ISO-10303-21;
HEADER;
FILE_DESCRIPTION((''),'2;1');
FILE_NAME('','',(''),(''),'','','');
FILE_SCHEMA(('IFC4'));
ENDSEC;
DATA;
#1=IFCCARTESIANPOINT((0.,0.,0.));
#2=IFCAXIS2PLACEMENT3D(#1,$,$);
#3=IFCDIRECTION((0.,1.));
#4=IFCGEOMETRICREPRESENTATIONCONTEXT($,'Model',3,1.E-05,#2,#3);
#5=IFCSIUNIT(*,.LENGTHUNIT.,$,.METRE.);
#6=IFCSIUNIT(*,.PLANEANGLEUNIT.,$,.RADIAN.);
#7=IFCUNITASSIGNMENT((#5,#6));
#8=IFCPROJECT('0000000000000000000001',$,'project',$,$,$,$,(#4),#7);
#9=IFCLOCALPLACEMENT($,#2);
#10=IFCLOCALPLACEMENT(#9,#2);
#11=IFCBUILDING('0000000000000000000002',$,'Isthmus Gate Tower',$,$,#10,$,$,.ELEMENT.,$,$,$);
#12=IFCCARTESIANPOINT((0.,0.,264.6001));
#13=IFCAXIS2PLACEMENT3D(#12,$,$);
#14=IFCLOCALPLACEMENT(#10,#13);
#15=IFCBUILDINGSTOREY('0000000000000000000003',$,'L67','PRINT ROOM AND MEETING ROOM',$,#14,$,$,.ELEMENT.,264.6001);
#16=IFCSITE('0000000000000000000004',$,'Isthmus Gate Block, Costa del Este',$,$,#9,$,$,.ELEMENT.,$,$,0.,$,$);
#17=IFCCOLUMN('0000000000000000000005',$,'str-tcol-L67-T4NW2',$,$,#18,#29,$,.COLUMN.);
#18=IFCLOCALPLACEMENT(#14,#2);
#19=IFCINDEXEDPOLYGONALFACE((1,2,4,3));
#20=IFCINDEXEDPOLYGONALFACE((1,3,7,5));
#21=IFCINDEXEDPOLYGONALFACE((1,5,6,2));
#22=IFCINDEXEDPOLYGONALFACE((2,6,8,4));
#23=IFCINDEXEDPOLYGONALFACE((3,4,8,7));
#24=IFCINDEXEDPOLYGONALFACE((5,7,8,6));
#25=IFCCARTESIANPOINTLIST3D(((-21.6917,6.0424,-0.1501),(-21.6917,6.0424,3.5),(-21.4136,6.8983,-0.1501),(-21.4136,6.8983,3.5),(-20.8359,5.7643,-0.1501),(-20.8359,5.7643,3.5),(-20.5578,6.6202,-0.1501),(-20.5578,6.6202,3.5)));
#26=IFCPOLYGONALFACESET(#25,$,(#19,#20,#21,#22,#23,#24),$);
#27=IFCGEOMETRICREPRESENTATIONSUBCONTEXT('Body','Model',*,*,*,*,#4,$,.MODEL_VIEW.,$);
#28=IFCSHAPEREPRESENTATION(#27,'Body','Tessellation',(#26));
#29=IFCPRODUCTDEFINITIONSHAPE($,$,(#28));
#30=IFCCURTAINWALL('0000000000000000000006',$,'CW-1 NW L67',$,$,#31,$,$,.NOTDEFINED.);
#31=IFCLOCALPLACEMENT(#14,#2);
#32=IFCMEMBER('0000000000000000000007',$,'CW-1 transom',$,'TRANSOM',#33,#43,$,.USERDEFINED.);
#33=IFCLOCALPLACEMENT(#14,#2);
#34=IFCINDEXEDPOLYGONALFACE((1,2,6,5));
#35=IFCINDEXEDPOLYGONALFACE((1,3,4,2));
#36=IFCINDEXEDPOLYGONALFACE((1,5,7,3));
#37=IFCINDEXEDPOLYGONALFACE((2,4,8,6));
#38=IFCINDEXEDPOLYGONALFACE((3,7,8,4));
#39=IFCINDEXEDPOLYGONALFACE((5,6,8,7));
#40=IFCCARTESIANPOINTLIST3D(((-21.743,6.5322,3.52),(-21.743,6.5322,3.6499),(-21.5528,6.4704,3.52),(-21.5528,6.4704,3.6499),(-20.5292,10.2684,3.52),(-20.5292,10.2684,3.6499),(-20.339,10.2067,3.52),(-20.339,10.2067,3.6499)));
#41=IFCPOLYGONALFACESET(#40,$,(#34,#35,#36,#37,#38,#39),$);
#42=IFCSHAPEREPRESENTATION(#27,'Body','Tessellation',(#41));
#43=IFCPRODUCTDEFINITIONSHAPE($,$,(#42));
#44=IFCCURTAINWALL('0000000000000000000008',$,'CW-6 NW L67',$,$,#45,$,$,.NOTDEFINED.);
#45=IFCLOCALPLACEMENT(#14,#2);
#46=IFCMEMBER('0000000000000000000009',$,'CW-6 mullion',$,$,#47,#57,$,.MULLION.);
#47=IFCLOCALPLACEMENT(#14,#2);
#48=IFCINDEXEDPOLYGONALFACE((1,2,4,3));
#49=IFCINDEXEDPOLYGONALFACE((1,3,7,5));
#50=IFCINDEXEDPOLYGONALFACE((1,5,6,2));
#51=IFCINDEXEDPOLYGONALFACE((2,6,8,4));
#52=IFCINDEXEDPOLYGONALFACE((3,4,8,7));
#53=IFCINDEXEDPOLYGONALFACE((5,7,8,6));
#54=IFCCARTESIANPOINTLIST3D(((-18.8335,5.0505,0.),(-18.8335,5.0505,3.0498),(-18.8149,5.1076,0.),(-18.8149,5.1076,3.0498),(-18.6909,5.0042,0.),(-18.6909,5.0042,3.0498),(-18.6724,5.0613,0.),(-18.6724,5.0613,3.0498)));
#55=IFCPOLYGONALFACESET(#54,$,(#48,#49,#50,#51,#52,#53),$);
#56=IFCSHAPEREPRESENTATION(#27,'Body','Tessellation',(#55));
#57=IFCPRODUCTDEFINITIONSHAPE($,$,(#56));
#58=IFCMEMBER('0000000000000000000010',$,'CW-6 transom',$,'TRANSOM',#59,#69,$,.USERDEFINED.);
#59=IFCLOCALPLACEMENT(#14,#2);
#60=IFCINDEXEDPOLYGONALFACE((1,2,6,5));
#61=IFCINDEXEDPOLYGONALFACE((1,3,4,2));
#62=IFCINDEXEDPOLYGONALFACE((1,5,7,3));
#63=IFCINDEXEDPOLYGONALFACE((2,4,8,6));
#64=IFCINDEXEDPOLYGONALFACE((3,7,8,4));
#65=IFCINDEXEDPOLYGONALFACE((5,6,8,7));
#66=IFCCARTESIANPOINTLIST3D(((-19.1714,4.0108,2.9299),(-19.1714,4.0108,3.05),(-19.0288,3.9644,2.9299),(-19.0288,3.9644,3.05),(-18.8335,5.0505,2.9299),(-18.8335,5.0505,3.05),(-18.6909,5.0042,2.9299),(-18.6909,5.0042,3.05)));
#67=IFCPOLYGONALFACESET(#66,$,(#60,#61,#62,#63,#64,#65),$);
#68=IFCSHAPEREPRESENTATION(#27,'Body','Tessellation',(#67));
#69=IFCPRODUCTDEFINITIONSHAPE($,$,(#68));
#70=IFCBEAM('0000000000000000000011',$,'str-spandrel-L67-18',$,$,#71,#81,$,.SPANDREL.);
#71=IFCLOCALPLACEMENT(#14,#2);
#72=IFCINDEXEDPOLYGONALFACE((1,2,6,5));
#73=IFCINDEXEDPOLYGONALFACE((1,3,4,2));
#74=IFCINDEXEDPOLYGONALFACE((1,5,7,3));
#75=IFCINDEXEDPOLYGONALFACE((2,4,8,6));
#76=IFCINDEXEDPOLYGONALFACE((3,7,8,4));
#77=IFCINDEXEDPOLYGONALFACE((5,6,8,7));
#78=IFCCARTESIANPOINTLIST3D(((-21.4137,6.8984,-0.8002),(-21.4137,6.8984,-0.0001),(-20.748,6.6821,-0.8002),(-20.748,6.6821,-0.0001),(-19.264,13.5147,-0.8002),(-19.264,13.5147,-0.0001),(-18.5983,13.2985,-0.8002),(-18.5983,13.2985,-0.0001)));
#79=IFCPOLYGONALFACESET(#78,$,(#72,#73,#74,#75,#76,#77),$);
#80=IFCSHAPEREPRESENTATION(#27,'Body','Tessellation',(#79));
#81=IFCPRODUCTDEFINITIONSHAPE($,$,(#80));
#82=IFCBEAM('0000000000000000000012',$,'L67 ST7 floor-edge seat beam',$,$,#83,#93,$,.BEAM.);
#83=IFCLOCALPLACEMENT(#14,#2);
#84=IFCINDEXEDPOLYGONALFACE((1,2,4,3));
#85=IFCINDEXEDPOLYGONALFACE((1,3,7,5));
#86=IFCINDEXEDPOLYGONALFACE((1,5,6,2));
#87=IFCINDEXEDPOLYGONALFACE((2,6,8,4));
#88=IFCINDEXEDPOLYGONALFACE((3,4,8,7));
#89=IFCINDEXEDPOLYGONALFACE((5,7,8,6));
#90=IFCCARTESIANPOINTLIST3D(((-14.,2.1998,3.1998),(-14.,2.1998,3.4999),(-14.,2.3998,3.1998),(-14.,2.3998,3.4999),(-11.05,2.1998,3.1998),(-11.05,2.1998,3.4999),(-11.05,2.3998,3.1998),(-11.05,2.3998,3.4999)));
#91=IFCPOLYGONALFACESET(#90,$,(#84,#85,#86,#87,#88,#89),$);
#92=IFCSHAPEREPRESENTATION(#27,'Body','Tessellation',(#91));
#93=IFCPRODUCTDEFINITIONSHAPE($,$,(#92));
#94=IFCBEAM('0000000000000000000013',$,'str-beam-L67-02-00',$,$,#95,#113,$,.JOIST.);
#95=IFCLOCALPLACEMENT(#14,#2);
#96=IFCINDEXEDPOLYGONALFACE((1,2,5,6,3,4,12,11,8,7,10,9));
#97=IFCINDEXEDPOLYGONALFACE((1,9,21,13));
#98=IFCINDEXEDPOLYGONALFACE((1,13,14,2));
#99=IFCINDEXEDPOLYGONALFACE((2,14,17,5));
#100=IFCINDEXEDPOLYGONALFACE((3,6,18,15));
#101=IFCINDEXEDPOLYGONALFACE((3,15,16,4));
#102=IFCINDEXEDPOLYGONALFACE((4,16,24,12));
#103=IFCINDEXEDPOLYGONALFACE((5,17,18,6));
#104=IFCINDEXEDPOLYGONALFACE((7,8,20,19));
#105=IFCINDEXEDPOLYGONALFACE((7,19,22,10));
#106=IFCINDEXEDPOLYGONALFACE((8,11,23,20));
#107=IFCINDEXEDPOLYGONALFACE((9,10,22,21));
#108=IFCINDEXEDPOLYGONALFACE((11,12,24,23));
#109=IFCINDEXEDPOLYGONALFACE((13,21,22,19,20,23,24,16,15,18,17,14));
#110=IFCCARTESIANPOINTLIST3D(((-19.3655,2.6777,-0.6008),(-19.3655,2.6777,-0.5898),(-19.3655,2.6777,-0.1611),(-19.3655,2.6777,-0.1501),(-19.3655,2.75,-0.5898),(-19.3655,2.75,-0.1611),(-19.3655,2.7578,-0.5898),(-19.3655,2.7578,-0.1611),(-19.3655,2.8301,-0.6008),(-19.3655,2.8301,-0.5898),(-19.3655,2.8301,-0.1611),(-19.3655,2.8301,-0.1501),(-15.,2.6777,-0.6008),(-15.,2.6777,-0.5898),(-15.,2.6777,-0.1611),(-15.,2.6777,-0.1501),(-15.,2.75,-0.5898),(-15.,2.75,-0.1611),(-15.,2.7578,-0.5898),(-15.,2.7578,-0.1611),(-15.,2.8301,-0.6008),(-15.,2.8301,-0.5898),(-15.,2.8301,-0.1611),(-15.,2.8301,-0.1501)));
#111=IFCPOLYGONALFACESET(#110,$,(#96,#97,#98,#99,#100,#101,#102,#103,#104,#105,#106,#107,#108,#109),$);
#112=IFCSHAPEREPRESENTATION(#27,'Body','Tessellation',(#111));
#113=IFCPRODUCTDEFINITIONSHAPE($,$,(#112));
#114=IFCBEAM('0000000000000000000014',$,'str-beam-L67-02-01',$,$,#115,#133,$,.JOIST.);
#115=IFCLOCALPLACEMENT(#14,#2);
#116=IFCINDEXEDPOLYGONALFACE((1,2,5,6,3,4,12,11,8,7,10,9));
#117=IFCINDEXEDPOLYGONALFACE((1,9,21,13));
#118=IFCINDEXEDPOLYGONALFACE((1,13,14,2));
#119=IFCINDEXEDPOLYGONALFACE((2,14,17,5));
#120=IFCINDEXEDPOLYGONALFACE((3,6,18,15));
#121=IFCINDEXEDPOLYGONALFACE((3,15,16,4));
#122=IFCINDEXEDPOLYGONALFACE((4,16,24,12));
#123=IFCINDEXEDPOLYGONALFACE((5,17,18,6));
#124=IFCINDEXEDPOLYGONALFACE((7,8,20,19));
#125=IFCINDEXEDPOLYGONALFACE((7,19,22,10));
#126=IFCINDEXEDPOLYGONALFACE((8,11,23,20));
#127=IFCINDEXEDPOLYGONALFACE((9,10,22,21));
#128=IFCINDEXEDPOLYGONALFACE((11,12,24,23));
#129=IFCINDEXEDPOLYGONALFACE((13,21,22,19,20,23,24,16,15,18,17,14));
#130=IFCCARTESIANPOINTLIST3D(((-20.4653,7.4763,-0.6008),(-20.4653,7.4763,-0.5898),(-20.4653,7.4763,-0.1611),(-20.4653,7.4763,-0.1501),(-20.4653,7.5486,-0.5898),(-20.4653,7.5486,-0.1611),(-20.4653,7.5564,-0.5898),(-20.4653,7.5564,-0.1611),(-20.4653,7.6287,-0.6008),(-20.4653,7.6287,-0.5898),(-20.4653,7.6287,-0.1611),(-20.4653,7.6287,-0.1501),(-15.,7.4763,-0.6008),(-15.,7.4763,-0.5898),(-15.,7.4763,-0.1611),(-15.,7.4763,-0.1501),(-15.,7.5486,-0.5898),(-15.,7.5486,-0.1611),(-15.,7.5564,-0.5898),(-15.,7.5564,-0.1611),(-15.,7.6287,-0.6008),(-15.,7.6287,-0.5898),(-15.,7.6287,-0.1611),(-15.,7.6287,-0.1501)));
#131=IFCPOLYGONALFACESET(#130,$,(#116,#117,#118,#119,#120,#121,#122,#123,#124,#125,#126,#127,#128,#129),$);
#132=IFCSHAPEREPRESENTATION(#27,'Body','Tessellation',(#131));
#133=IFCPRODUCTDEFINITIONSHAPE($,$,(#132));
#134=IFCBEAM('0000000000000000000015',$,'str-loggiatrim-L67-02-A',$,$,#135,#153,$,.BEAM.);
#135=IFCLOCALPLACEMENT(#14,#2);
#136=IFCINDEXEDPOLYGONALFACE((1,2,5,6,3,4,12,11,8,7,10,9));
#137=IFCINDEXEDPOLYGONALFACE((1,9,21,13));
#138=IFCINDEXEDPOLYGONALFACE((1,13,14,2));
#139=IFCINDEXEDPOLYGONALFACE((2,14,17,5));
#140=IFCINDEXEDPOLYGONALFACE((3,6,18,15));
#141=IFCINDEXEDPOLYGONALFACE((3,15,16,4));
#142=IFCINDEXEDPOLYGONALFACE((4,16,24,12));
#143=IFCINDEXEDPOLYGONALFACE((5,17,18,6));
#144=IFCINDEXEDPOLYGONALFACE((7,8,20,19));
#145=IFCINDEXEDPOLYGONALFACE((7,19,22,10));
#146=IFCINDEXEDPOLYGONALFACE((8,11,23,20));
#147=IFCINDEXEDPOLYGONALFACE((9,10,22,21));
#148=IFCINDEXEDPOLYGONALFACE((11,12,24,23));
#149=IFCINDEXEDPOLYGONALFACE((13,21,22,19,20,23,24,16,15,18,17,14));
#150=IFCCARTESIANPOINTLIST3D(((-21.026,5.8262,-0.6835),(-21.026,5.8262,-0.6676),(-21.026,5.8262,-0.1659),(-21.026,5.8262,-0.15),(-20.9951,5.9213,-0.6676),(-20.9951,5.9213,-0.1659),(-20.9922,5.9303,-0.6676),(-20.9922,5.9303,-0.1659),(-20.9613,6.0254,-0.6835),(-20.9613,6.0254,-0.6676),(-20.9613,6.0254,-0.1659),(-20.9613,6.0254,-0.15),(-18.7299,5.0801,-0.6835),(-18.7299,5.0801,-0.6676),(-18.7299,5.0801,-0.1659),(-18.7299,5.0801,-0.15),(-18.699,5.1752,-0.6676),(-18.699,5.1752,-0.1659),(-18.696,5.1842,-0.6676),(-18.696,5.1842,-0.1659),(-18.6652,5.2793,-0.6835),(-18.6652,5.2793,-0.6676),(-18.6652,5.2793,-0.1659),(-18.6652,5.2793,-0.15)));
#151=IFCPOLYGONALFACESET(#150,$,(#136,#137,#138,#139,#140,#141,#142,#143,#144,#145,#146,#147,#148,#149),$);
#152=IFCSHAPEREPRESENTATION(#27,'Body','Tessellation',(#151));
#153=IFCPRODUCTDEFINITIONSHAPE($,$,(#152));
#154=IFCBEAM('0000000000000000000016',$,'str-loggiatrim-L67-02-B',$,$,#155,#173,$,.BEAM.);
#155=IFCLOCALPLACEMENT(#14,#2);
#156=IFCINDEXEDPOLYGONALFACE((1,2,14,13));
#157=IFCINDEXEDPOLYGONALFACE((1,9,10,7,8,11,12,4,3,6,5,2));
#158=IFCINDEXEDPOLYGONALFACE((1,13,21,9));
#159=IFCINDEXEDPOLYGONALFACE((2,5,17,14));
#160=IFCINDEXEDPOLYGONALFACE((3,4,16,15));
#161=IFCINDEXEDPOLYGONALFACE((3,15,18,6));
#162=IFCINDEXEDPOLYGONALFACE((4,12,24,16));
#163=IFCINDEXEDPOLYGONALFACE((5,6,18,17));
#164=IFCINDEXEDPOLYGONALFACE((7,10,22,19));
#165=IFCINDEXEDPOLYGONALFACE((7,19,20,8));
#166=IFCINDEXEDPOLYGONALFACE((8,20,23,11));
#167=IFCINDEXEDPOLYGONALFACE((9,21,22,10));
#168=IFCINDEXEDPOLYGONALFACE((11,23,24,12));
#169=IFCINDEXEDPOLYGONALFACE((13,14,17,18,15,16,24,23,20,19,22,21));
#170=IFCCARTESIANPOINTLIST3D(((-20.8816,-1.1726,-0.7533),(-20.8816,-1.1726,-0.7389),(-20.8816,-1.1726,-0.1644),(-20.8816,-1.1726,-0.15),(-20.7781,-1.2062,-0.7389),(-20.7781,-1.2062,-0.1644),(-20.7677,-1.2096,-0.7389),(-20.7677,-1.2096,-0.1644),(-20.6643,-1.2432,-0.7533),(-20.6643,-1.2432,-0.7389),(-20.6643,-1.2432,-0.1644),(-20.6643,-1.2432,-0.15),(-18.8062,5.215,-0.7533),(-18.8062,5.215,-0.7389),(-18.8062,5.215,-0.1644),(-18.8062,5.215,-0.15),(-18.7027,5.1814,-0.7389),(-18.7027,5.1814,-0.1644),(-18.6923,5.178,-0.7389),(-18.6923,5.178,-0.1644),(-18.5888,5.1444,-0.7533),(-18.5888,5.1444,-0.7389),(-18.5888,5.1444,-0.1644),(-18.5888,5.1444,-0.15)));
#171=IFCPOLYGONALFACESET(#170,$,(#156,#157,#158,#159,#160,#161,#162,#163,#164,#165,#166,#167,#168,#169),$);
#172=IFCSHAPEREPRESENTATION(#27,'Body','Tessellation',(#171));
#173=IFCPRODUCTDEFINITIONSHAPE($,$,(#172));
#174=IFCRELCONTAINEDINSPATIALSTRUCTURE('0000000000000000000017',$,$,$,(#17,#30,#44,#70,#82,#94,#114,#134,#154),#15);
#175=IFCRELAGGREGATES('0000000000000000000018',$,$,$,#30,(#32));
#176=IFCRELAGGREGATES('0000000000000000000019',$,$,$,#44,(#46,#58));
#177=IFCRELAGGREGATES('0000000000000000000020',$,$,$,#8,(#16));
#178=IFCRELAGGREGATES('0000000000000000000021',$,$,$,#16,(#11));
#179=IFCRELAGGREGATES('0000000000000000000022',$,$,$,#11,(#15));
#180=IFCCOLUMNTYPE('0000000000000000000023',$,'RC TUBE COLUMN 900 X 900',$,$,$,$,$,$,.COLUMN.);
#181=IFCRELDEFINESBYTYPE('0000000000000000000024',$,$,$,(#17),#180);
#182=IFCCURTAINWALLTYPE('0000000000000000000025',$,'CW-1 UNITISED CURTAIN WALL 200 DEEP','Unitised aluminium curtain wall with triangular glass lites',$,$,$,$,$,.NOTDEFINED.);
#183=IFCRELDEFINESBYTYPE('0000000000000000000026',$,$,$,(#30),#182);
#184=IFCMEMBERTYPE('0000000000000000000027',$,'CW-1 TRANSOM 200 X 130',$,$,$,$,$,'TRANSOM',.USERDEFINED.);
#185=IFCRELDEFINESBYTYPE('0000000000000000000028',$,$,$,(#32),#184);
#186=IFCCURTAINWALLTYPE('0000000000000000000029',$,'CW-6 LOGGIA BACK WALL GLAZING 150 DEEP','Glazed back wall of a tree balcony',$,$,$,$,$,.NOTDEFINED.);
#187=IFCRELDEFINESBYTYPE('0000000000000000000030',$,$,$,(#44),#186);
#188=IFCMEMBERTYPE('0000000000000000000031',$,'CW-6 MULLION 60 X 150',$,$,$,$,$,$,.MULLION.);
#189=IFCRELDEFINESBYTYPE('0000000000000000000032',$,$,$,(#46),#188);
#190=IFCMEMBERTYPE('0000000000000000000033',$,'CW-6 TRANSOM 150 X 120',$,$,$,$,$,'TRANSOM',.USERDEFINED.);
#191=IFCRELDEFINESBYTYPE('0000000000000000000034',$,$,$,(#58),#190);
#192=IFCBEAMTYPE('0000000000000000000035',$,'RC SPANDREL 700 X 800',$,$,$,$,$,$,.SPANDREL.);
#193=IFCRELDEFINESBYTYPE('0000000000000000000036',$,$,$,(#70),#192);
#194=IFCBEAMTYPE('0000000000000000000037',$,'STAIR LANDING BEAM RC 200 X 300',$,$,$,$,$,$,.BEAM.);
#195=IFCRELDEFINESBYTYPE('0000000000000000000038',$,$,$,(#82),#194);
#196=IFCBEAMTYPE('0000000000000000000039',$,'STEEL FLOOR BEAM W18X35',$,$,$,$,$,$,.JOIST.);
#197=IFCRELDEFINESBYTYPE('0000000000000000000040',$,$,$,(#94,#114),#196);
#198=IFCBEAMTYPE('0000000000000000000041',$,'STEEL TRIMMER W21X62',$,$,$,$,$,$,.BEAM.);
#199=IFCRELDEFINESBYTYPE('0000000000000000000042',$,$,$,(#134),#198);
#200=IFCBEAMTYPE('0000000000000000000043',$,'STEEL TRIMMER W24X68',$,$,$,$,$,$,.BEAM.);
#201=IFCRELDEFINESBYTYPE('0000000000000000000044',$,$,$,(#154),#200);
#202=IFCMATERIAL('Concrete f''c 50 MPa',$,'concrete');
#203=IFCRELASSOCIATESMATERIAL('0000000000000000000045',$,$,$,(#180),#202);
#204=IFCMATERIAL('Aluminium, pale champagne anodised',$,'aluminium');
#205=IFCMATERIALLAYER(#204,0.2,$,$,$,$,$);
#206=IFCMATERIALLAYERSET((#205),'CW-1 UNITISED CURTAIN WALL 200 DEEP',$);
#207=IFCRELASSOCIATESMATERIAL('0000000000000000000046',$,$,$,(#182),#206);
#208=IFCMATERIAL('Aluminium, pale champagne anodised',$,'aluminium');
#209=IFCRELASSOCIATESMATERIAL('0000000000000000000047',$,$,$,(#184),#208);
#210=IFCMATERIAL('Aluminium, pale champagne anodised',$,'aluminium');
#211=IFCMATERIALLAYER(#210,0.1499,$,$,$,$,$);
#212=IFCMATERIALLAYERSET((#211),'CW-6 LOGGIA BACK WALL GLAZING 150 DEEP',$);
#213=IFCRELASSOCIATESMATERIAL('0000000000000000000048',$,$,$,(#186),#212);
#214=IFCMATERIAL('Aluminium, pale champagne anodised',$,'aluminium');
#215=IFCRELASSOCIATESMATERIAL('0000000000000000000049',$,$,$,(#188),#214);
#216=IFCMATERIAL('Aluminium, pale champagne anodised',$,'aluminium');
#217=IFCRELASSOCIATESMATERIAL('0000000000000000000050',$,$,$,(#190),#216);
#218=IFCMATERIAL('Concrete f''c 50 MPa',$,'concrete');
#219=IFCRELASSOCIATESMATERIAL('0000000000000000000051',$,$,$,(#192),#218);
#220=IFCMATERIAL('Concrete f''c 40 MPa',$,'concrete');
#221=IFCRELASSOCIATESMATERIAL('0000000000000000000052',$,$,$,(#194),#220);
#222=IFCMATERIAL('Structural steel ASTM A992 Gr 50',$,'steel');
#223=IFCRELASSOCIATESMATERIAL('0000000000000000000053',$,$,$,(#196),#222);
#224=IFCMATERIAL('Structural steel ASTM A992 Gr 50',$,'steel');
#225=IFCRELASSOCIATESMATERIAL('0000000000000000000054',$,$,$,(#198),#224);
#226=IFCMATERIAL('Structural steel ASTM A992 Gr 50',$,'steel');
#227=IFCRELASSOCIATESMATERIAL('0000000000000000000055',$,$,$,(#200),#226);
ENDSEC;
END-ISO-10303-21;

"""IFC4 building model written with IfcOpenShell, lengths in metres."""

from ifc_helpers import new_model, si_unit, direction, frame, origin, origin_2d, place, context, subcontext, project, spatial, rectangle, i_section, extrude, material, layer, layer_set, material_profile, profile_set, type_object, element, aggregate, save


model = new_model("IFC4")

# Units and contexts
model_context = context("Model", 3, precision=1e-05, world=origin(), true_north=direction((0.0, 1.0)))
body_context = subcontext(model_context, "Body", "Model", "MODEL_VIEW")
ifc_project = project(units=[si_unit("LENGTHUNIT", "METRE"), si_unit("PLANEANGLEUNIT", "RADIAN")], contexts=[model_context])

# Site, building, storey
site_placement = place(None, origin())
site = spatial("IfcSite", under=ifc_project, at=site_placement, Name="Isthmus Gate Block, Costa del Este", CompositionType="ELEMENT", RefElevation=0.0)
building_placement = place(site_placement, origin())
building = spatial("IfcBuilding", under=site, at=building_placement, Name="Isthmus Gate Tower", CompositionType="ELEMENT")
storey_placement = place(building_placement, frame((0.0, 0.0, 264.6001)))
storey = spatial("IfcBuildingStorey", under=building, at=storey_placement, Name="L67", Description="PRINT ROOM AND MEETING ROOM", CompositionType="ELEMENT", Elevation=264.6001)

# Column
ifc_material_1 = material(Name="Concrete f'c 50 MPa", Category="concrete")
ifc_material_profile_1 = material_profile(ifc_material_1, rectangle(XDim=0.8999, YDim=0.8999, at=origin_2d()), Name="RC 900X900")
ifc_profile_set_1 = profile_set([ifc_material_profile_1], Name="Concrete f'c 50 MPa")
column_type = type_object("IfcColumnType", Name="RC TUBE COLUMN 900 X 900", PredefinedType="COLUMN", material=ifc_profile_set_1)
column_placement = place(storey_placement, frame((-21.1248, 6.3313, -0.1501), z_axis=(0.0, 0.0, 1.0), x_axis=(-0.309017, -0.951057, 0.0)))
element("IfcColumn", 1, at=column_placement, inside=storey, type_object=column_type, Name="str-tcol-L67-T4NW2", PredefinedType="COLUMN", context=body_context, shape_type="SweptSolid", body=[
    extrude(rectangle(XDim=0.8999, YDim=0.8999, at=origin_2d()), origin(), (0.0, 0.0, 1.0), 3.6501),
])

# Curtain wall, member
ifc_material_2 = material(Name="Aluminium, pale champagne anodised", Category="aluminium")
ifc_layer_1 = layer(ifc_material_2, 0.2)
ifc_layer_set_1 = layer_set([ifc_layer_1], Name="CW-1 UNITISED CURTAIN WALL 200 DEEP")
curtain_wall_type_1 = type_object("IfcCurtainWallType", Name="CW-1 UNITISED CURTAIN WALL 200 DEEP", Description="Unitised aluminium curtain wall with triangular glass lites", PredefinedType="NOTDEFINED", material=ifc_layer_set_1)
curtain_wall_1_placement = place(storey_placement, origin())
curtain_wall_1 = element("IfcCurtainWall", 2, at=curtain_wall_1_placement, inside=storey, type_object=curtain_wall_type_1, Name="CW-1 NW L67", PredefinedType="NOTDEFINED")
ifc_material_3 = material(Name="Aluminium, pale champagne anodised", Category="aluminium")
ifc_material_profile_2 = material_profile(ifc_material_3, rectangle(XDim=0.2, YDim=0.1299, at=origin_2d()), Name="200x130")
ifc_profile_set_2 = profile_set([ifc_material_profile_2], Name="Aluminium, pale champagne anodised")
member_type_1 = type_object("IfcMemberType", Name="CW-1 TRANSOM 200 X 130", ElementType="TRANSOM", PredefinedType="USERDEFINED", material=ifc_profile_set_2)
member_1_placement = place(storey_placement, frame((-20.4341, 10.2375, 3.585), z_axis=(-0.308985, -0.951067, 0.0), x_axis=(0.951067, -0.308985, 0.0)))
member_1 = element("IfcMember", 3, at=member_1_placement, type_object=member_type_1, Name="CW-1 transom", ObjectType="TRANSOM", PredefinedType="USERDEFINED", context=body_context, shape_type="SweptSolid", body=[
    extrude(rectangle(XDim=0.2, YDim=0.1299, at=origin_2d()), origin(), (0.0, 0.0, 1.0), 3.9285),
])

# Curtain wall, members
ifc_material_4 = material(Name="Aluminium, pale champagne anodised", Category="aluminium")
ifc_layer_2 = layer(ifc_material_4, 0.1499)
ifc_layer_set_2 = layer_set([ifc_layer_2], Name="CW-6 LOGGIA BACK WALL GLAZING 150 DEEP")
curtain_wall_type_2 = type_object("IfcCurtainWallType", Name="CW-6 LOGGIA BACK WALL GLAZING 150 DEEP", Description="Glazed back wall of a tree balcony", PredefinedType="NOTDEFINED", material=ifc_layer_set_2)
curtain_wall_2_placement = place(storey_placement, origin())
curtain_wall_2 = element("IfcCurtainWall", 4, at=curtain_wall_2_placement, inside=storey, type_object=curtain_wall_type_2, Name="CW-6 NW L67", PredefinedType="NOTDEFINED")
ifc_material_5 = material(Name="Aluminium, pale champagne anodised", Category="aluminium")
ifc_material_profile_3 = material_profile(ifc_material_5, rectangle(XDim=0.0601, YDim=0.1499, at=origin_2d()), Name="60x150")
ifc_profile_set_3 = profile_set([ifc_material_profile_3], Name="Aluminium, pale champagne anodised")
member_type_2 = type_object("IfcMemberType", Name="CW-6 MULLION 60 X 150", PredefinedType="MULLION", material=ifc_profile_set_3)
member_2_placement = place(storey_placement, frame((-18.7529, 5.0559, 0.0), z_axis=(0.0, 0.0, 1.0), x_axis=(-0.309017, -0.951057, 0.0)))
member_2 = element("IfcMember", 5, at=member_2_placement, type_object=member_type_2, Name="CW-6 mullion", PredefinedType="MULLION", context=body_context, shape_type="SweptSolid", body=[
    extrude(rectangle(XDim=0.0601, YDim=0.1499, at=origin_2d()), origin(), (0.0, 0.0, 1.0), 3.0498),
])
ifc_material_6 = material(Name="Aluminium, pale champagne anodised", Category="aluminium")
ifc_material_profile_4 = material_profile(ifc_material_6, rectangle(XDim=0.1499, YDim=0.1201, at=origin_2d()), Name="150x120")
ifc_profile_set_4 = profile_set([ifc_material_profile_4], Name="Aluminium, pale champagne anodised")
member_type_3 = type_object("IfcMemberType", Name="CW-6 TRANSOM 150 X 120", ElementType="TRANSOM", PredefinedType="USERDEFINED", material=ifc_profile_set_4)
member_3_placement = place(storey_placement, frame((-18.7622, 5.0273, 2.99), z_axis=(-0.309051, -0.951046, 0.0), x_axis=(0.951046, -0.309051, 0.0)))
member_3 = element("IfcMember", 6, at=member_3_placement, type_object=member_type_3, Name="CW-6 transom", ObjectType="TRANSOM", PredefinedType="USERDEFINED", context=body_context, shape_type="SweptSolid", body=[
    extrude(rectangle(XDim=0.1499, YDim=0.1201, at=origin_2d()), origin(), (0.0, 0.0, 1.0), 1.0933),
])

# Beams
ifc_material_7 = material(Name="Concrete f'c 50 MPa", Category="concrete")
ifc_material_profile_5 = material_profile(ifc_material_7, rectangle(XDim=0.7, YDim=0.8, at=origin_2d()), Name="RC 700X800")
ifc_profile_set_5 = profile_set([ifc_material_profile_5], Name="Concrete f'c 50 MPa")
beam_type_1 = type_object("IfcBeamType", Name="RC SPANDREL 700 X 800", PredefinedType="SPANDREL", material=ifc_profile_set_5)
beam_1_placement = place(storey_placement, frame((-21.0808, 6.7903, -0.4001), z_axis=(0.309007, 0.95106, 0.0), x_axis=(-0.95106, 0.309007, 0.0)))
element("IfcBeam", 7, at=beam_1_placement, inside=storey, type_object=beam_type_1, Name="str-spandrel-L67-18", PredefinedType="SPANDREL", context=body_context, shape_type="SweptSolid", body=[
    extrude(rectangle(XDim=0.7, YDim=0.8, at=origin_2d()), origin(), (0.0, 0.0, 1.0), 6.9568),
])
ifc_material_8 = material(Name="Concrete f'c 40 MPa", Category="concrete")
ifc_material_profile_6 = material_profile(ifc_material_8, rectangle(XDim=0.2, YDim=0.3, at=origin_2d()), Name="STAIR LANDING BEAM RC 200 X 300")
ifc_profile_set_6 = profile_set([ifc_material_profile_6], Name="Concrete f'c 40 MPa")
beam_type_2 = type_object("IfcBeamType", Name="STAIR LANDING BEAM RC 200 X 300", PredefinedType="BEAM", material=ifc_profile_set_6)
beam_2_placement = place(storey_placement, frame((-14.0, 2.2998, 3.3499), z_axis=(1.0, 0.0, 0.0), x_axis=(0.0, 1.0, 0.0)))
element("IfcBeam", 8, at=beam_2_placement, inside=storey, type_object=beam_type_2, Name="L67 ST7 floor-edge seat beam", PredefinedType="BEAM", context=body_context, shape_type="SweptSolid", body=[
    extrude(rectangle(XDim=0.2, YDim=0.3, at=origin_2d()), origin(), (0.0, 0.0, 1.0), 2.95),
])
ifc_material_9 = material(Name="Structural steel ASTM A992 Gr 50", Category="steel")
ifc_material_profile_7 = material_profile(ifc_material_9, i_section(OverallWidth=0.1523, OverallDepth=0.4507, WebThickness=0.0078, FlangeThickness=0.011, at=origin_2d()), Name="W18X35")
ifc_profile_set_7 = profile_set([ifc_material_profile_7], Name="Structural steel ASTM A992 Gr 50")
beam_type_3 = type_object("IfcBeamType", Name="STEEL FLOOR BEAM W18X35", PredefinedType="JOIST", material=ifc_profile_set_7)
beam_3_placement = place(storey_placement, frame((-19.3655, 2.7539, -0.3755), z_axis=(1.0, 0.0, 0.0), x_axis=(0.0, 1.0, 0.0)))
element("IfcBeam", 9, at=beam_3_placement, inside=storey, type_object=beam_type_3, Name="str-beam-L67-02-00", PredefinedType="JOIST", context=body_context, shape_type="SweptSolid", body=[
    extrude(i_section(OverallWidth=0.1523, OverallDepth=0.4507, WebThickness=0.0078, FlangeThickness=0.011, at=origin_2d()), origin(), (0.0, 0.0, 1.0), 4.3655),
])
beam_4_placement = place(storey_placement, frame((-20.4653, 7.5525, -0.3755), z_axis=(1.0, 0.0, 0.0), x_axis=(0.0, 1.0, 0.0)))
element("IfcBeam", 10, at=beam_4_placement, inside=storey, type_object=beam_type_3, Name="str-beam-L67-02-01", PredefinedType="JOIST", context=body_context, shape_type="SweptSolid", body=[
    extrude(i_section(OverallWidth=0.1523, OverallDepth=0.4507, WebThickness=0.0078, FlangeThickness=0.011, at=origin_2d()), origin(), (0.0, 0.0, 1.0), 5.4653),
])
ifc_material_10 = material(Name="Structural steel ASTM A992 Gr 50", Category="steel")
ifc_material_profile_8 = material_profile(ifc_material_10, i_section(OverallWidth=0.2095, OverallDepth=0.5334, WebThickness=0.0095, FlangeThickness=0.0159, at=origin_2d()), Name="W21X62")
ifc_profile_set_8 = profile_set([ifc_material_profile_8], Name="Structural steel ASTM A992 Gr 50")
beam_type_4 = type_object("IfcBeamType", Name="STEEL TRIMMER W21X62", PredefinedType="BEAM", material=ifc_profile_set_8)
beam_5_placement = place(storey_placement, frame((-20.9937, 5.9258, -0.4167), z_axis=(0.951053, -0.309029, 0.0), x_axis=(0.309029, 0.951053, 0.0)))
element("IfcBeam", 11, at=beam_5_placement, inside=storey, type_object=beam_type_4, Name="str-loggiatrim-L67-02-A", PredefinedType="BEAM", context=body_context, shape_type="SweptSolid", body=[
    extrude(i_section(OverallWidth=0.2095, OverallDepth=0.5334, WebThickness=0.0095, FlangeThickness=0.0159, at=origin_2d()), origin(), (0.0, 0.0, 1.0), 2.4143),
])
ifc_material_11 = material(Name="Structural steel ASTM A992 Gr 50", Category="steel")
ifc_material_profile_9 = material_profile(ifc_material_11, i_section(OverallWidth=0.2285, OverallDepth=0.6033, WebThickness=0.011, FlangeThickness=0.0144, at=origin_2d()), Name="W24X68")
ifc_profile_set_9 = profile_set([ifc_material_profile_9], Name="Structural steel ASTM A992 Gr 50")
beam_type_5 = type_object("IfcBeamType", Name="STEEL TRIMMER W24X68", PredefinedType="BEAM", material=ifc_profile_set_9)
beam_6_placement = place(storey_placement, frame((-18.6975, 5.1797, -0.4517), z_axis=(-0.30901, -0.951059, 0.0), x_axis=(0.951059, -0.30901, 0.0)))
element("IfcBeam", 12, at=beam_6_placement, inside=storey, type_object=beam_type_5, Name="str-loggiatrim-L67-02-B", PredefinedType="BEAM", context=body_context, shape_type="SweptSolid", body=[
    extrude(i_section(OverallWidth=0.2285, OverallDepth=0.6033, WebThickness=0.011, FlangeThickness=0.0144, at=origin_2d()), origin(), (0.0, 0.0, 1.0), 6.7163),
])

aggregate(curtain_wall_1, [member_1])
aggregate(curtain_wall_2, [member_2, member_3])

save(model, "model.ifc")
